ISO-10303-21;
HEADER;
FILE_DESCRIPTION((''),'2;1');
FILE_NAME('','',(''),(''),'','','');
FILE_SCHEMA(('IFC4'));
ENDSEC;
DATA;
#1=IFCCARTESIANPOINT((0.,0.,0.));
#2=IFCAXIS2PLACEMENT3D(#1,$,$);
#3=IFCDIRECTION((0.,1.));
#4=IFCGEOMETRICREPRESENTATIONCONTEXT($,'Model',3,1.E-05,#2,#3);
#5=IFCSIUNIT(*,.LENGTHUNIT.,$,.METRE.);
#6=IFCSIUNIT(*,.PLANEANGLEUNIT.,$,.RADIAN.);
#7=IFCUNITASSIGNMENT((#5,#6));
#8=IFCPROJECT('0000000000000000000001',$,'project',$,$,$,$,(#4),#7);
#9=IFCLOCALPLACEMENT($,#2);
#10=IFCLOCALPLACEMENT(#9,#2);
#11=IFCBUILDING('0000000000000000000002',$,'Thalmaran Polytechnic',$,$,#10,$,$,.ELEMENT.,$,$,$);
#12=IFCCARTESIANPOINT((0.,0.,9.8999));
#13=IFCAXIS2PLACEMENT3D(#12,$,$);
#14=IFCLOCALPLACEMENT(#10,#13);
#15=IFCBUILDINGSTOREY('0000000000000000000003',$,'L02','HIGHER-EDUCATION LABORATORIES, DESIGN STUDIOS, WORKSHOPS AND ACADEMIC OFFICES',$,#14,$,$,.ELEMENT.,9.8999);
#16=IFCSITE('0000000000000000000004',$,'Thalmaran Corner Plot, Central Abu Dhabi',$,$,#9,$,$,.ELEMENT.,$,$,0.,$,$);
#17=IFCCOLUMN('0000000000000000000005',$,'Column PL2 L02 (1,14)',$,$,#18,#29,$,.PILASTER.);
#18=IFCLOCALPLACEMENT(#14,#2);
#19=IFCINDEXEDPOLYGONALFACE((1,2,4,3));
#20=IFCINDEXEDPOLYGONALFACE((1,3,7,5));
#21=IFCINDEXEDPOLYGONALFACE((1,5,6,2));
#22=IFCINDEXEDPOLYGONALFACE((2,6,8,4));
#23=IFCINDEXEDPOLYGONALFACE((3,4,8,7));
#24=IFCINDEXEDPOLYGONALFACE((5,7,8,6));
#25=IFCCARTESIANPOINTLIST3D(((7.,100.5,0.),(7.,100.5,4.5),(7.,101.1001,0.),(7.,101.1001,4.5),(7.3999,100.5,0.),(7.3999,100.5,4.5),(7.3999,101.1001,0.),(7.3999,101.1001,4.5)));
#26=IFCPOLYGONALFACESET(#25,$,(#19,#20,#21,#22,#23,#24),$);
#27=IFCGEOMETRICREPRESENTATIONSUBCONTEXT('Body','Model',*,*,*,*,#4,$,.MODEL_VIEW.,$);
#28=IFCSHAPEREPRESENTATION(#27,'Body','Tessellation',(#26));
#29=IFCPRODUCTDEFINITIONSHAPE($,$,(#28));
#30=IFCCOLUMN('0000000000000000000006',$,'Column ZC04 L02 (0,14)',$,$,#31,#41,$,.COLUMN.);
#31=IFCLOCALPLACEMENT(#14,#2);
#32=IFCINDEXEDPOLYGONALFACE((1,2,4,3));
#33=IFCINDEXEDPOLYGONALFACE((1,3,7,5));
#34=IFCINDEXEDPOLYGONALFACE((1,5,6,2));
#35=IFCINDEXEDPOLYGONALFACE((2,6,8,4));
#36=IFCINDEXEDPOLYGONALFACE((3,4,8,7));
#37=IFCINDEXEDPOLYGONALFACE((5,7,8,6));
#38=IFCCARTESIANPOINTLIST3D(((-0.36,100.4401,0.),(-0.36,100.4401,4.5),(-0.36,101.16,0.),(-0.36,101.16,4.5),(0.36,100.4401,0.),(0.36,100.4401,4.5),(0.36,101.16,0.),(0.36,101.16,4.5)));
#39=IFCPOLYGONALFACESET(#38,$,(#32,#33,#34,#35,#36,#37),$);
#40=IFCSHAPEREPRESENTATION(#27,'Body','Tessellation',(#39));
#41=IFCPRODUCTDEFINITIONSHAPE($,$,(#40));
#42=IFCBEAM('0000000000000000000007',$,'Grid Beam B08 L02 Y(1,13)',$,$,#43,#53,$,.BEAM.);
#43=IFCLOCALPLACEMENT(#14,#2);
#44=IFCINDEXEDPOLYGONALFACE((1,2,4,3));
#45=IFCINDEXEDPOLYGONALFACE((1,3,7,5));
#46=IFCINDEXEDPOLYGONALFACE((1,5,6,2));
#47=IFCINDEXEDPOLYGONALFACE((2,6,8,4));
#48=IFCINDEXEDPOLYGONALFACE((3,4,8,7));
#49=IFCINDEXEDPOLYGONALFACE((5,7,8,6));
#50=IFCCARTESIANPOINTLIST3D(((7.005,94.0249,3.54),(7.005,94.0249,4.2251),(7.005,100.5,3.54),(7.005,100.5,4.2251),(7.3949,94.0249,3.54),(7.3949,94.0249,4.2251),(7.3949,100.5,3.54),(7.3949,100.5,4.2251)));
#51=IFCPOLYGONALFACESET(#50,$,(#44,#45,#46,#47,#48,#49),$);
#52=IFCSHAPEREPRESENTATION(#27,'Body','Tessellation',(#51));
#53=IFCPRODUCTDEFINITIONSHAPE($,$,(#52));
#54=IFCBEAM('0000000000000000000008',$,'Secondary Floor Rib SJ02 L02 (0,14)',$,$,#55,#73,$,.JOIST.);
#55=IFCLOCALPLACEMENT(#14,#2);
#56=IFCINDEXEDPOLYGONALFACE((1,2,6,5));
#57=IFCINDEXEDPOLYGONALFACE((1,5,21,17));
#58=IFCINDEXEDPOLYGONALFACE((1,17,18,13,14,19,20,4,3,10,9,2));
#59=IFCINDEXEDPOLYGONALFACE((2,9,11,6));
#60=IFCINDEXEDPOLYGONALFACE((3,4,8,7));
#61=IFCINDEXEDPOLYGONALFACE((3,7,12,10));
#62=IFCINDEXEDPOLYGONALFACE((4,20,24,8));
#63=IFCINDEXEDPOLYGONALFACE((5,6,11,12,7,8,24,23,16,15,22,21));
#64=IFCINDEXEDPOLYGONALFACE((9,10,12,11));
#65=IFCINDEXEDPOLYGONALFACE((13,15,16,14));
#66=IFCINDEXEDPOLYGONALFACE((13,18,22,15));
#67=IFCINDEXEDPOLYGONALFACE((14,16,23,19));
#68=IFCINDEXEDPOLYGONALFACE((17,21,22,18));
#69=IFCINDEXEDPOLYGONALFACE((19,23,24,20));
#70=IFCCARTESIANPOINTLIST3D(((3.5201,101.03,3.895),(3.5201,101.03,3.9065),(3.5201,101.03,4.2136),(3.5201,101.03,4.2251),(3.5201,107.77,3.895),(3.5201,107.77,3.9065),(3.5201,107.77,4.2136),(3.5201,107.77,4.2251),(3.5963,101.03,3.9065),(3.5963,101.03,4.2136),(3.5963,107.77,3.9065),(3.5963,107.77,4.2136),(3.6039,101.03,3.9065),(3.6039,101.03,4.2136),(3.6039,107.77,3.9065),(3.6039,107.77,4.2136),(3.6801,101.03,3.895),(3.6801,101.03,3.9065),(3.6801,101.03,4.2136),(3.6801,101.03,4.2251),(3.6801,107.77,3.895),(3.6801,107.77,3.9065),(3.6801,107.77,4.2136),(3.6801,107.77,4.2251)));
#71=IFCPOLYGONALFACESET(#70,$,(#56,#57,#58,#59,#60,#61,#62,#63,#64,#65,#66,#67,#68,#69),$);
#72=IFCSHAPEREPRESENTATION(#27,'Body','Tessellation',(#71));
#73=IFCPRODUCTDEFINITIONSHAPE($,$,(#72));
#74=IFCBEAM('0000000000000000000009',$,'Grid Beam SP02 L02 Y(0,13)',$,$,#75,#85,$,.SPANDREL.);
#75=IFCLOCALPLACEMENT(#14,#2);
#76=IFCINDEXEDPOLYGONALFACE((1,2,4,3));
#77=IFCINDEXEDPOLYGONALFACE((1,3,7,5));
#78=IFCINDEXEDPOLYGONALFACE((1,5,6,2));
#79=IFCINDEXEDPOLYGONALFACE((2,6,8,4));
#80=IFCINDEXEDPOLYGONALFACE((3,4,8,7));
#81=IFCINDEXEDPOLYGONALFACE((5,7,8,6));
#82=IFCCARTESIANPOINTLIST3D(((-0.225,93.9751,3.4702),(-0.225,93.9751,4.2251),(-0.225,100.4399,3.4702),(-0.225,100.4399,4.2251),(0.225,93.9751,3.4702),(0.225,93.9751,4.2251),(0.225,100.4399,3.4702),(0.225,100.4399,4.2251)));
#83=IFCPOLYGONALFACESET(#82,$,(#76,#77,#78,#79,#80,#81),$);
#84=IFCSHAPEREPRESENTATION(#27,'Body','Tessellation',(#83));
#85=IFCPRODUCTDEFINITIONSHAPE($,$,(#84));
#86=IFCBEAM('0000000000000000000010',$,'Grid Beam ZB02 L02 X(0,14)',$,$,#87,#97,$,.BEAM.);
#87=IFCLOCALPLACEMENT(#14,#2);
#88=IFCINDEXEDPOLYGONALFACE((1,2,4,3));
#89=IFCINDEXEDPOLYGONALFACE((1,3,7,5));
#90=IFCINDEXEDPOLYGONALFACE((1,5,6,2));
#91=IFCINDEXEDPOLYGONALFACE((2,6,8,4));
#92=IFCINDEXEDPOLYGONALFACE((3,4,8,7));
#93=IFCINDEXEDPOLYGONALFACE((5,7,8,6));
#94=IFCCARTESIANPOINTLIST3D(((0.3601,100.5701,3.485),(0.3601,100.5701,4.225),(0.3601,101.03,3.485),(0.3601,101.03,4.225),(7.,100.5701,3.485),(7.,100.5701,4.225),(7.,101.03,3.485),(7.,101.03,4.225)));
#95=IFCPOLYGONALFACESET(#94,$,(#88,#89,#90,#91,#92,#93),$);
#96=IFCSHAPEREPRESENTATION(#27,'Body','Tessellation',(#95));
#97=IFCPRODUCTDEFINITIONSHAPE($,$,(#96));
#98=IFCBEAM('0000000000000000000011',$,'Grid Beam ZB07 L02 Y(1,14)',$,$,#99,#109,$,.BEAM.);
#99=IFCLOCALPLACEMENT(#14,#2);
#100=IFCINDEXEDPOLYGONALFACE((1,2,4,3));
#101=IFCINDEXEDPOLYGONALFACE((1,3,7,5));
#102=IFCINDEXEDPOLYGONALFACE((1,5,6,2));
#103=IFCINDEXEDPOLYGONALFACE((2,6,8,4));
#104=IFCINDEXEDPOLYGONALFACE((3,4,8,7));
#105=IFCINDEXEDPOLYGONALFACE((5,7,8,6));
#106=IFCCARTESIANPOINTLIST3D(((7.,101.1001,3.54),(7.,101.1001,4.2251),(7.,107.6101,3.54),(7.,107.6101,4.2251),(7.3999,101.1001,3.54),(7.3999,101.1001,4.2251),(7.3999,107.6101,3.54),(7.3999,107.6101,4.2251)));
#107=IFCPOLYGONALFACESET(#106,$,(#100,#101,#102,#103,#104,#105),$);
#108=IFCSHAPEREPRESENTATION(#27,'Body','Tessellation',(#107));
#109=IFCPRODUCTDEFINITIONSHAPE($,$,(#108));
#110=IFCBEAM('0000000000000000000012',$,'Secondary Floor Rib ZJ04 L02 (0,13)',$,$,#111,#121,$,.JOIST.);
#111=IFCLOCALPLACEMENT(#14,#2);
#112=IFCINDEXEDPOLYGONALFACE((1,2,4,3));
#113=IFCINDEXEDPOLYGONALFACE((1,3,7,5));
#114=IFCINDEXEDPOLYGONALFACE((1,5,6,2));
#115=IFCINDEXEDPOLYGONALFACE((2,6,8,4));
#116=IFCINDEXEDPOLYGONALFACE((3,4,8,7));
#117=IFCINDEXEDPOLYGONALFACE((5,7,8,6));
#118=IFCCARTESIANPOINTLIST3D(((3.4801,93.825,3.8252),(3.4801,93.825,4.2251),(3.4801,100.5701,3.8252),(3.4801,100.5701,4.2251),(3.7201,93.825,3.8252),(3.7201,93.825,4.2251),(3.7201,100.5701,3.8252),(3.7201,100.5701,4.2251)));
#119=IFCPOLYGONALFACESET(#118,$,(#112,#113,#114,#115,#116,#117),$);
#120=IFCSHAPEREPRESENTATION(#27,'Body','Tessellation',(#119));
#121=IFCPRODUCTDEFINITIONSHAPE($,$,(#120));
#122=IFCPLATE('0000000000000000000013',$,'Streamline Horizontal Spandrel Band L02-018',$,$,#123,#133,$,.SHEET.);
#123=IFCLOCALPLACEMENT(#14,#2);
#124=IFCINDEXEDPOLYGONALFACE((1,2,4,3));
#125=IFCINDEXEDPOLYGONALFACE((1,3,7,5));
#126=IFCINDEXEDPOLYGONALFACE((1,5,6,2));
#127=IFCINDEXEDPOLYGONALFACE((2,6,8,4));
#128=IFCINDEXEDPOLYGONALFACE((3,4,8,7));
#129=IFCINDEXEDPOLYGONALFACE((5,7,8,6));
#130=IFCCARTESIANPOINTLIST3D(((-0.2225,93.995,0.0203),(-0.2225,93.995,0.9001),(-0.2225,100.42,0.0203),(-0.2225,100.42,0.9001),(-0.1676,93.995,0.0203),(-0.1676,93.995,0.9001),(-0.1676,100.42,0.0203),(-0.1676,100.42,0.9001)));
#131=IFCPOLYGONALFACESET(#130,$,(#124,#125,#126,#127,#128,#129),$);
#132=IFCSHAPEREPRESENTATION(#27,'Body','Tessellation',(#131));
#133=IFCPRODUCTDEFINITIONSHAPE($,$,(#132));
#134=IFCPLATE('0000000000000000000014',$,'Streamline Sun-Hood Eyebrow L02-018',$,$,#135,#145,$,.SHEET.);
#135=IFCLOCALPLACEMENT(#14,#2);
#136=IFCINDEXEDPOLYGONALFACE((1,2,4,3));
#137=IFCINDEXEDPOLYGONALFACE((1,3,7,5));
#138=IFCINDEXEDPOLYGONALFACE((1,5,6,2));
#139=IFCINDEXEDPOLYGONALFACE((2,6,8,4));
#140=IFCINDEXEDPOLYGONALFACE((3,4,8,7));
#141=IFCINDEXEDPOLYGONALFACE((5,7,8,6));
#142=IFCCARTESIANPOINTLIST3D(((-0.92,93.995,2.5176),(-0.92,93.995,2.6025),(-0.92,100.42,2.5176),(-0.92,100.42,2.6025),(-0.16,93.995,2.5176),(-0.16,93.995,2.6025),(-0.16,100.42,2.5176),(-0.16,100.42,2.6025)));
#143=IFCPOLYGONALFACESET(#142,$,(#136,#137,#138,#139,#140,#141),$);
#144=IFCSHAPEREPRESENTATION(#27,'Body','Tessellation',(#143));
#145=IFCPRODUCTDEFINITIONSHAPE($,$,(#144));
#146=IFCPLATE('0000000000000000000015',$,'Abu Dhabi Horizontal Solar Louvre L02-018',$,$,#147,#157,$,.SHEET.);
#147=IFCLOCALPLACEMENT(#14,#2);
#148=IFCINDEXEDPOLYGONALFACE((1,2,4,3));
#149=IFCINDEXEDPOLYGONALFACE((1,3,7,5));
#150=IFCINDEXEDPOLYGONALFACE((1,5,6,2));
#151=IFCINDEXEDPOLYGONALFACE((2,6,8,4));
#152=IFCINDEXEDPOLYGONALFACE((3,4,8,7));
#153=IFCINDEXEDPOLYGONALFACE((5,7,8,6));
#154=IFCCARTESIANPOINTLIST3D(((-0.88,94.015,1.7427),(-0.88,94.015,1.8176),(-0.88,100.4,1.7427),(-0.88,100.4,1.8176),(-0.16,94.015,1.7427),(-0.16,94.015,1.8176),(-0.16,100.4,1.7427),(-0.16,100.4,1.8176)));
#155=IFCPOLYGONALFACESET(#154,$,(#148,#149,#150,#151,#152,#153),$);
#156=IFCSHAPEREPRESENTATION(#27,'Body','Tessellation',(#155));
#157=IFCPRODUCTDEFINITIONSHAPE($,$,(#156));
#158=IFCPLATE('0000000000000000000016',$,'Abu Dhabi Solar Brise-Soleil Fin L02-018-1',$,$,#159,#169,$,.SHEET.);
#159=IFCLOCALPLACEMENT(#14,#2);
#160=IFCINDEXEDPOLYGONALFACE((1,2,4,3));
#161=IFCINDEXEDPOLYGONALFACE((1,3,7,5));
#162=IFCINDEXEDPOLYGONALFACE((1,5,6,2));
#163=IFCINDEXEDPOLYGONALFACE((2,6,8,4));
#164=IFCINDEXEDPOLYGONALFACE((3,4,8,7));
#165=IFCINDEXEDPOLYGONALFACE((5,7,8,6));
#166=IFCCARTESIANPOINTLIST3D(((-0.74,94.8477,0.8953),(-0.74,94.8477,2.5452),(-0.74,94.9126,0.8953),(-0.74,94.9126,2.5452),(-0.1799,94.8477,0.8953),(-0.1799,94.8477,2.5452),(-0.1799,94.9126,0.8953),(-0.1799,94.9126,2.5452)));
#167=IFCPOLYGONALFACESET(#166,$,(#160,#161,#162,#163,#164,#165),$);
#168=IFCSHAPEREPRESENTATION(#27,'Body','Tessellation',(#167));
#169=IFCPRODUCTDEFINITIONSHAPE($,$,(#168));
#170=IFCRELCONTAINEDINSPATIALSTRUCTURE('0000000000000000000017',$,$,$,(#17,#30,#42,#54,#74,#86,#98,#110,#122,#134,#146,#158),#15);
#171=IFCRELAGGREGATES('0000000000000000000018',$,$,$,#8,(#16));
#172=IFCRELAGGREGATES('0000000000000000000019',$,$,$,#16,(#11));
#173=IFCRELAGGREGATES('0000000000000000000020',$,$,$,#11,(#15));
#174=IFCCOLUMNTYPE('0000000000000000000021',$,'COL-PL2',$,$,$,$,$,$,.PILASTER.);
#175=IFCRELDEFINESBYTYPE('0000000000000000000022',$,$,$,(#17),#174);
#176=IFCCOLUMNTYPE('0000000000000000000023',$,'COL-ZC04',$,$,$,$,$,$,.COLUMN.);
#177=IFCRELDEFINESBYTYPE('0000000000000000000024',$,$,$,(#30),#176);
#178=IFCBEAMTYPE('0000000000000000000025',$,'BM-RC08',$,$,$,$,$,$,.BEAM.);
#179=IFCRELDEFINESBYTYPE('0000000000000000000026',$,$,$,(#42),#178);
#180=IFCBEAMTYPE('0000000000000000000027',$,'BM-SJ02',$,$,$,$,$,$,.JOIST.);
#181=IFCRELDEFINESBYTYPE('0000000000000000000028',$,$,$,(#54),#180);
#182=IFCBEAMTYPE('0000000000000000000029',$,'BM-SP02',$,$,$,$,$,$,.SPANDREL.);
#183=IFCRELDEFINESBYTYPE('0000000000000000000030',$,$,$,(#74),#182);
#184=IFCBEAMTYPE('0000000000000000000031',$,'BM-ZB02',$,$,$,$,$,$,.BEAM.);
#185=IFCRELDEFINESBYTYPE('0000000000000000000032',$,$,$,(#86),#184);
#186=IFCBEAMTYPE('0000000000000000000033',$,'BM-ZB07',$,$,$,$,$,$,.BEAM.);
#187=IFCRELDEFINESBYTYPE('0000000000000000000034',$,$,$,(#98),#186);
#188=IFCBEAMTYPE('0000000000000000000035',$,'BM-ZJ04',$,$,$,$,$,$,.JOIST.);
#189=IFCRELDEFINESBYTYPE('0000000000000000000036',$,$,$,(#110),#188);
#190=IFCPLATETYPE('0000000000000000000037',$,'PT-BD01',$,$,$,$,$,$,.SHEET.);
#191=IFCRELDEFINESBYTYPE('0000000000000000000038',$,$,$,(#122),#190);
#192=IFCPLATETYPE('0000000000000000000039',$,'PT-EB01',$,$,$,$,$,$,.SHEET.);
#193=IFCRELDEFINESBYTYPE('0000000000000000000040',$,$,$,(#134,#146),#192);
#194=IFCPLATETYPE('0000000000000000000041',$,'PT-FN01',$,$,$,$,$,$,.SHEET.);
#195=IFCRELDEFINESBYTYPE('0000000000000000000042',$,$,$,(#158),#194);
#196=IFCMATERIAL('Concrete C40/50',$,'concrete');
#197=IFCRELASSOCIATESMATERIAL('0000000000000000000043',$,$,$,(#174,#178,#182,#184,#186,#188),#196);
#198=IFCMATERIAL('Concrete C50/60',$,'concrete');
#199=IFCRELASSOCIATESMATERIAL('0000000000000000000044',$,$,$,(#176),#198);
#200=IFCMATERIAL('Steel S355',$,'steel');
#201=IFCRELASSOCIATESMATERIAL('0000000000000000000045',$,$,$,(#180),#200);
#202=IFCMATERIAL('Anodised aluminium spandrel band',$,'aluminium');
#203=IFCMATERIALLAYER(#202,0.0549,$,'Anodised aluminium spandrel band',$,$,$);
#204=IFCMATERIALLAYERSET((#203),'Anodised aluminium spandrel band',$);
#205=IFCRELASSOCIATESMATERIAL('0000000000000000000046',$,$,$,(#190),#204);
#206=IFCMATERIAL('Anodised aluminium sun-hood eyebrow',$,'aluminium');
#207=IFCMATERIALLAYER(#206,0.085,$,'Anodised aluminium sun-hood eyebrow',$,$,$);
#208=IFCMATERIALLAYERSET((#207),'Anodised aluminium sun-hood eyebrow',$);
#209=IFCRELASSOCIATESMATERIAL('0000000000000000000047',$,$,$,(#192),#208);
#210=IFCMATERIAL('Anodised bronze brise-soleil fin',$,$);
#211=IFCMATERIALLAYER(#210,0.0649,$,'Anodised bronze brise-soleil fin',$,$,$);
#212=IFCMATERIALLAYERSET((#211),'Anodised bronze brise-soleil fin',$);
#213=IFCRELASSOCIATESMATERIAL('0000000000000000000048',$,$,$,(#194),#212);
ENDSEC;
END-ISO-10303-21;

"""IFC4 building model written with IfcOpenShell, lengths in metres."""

from ifc_helpers import new_model, si_unit, direction, frame, origin, origin_2d, place, context, subcontext, project, spatial, rectangle, i_section, extrude, material, layer, layer_set, material_profile, profile_set, type_object, element, save


model = new_model("IFC4")

# Units and contexts
model_context = context("Model", 3, precision=1e-05, world=origin(), true_north=direction((0.0, 1.0)))
body_context = subcontext(model_context, "Body", "Model", "MODEL_VIEW")
ifc_project = project(units=[si_unit("LENGTHUNIT", "METRE"), si_unit("PLANEANGLEUNIT", "RADIAN")], contexts=[model_context])

# Site, building, storey
site_placement = place(None, origin())
site = spatial("IfcSite", under=ifc_project, at=site_placement, Name="Thalmaran Corner Plot, Central Abu Dhabi", CompositionType="ELEMENT", RefElevation=0.0)
building_placement = place(site_placement, origin())
building = spatial("IfcBuilding", under=site, at=building_placement, Name="Thalmaran Polytechnic", CompositionType="ELEMENT")
storey_placement = place(building_placement, frame((0.0, 0.0, 9.8999)))
storey = spatial("IfcBuildingStorey", under=building, at=storey_placement, Name="L02", Description="HIGHER-EDUCATION LABORATORIES, DESIGN STUDIOS, WORKSHOPS AND ACADEMIC OFFICES", CompositionType="ELEMENT", Elevation=9.8999)

# Columns
ifc_material_1 = material(Name="Concrete C40/50", Category="concrete")
ifc_material_profile_1 = material_profile(ifc_material_1, rectangle(XDim=0.3999, YDim=0.6001, at=origin_2d()), Name="RC 400x600")
ifc_profile_set_1 = profile_set([ifc_material_profile_1], Name="Concrete C40/50")
column_type_1 = type_object("IfcColumnType", Name="COL-PL2", PredefinedType="PILASTER", material=ifc_profile_set_1)
column_1_placement = place(storey_placement, frame((7.2, 100.8, 0.0), z_axis=(0.0, 0.0, 1.0), x_axis=(1.0, 0.0, 0.0)))
element("IfcColumn", 1, at=column_1_placement, inside=storey, type_object=column_type_1, Name="Column PL2 L02 (1,14)", PredefinedType="PILASTER", context=body_context, shape_type="SweptSolid", body=[
    extrude(rectangle(XDim=0.3999, YDim=0.6001, at=origin_2d()), origin(), (0.0, 0.0, 1.0), 4.5),
])
ifc_material_2 = material(Name="Concrete C50/60", Category="concrete")
ifc_material_profile_2 = material_profile(ifc_material_2, rectangle(XDim=0.72, YDim=0.72, at=origin_2d()), Name="RC 720x720")
ifc_profile_set_2 = profile_set([ifc_material_profile_2], Name="Concrete C50/60")
column_type_2 = type_object("IfcColumnType", Name="COL-ZC04", PredefinedType="COLUMN", material=ifc_profile_set_2)
column_2_placement = place(storey_placement, frame((0.0, 100.8, 0.0), z_axis=(0.0, 0.0, 1.0), x_axis=(1.0, 0.0, 0.0)))
element("IfcColumn", 2, at=column_2_placement, inside=storey, type_object=column_type_2, Name="Column ZC04 L02 (0,14)", PredefinedType="COLUMN", context=body_context, shape_type="SweptSolid", body=[
    extrude(rectangle(XDim=0.72, YDim=0.72, at=origin_2d()), origin(), (0.0, 0.0, 1.0), 4.5),
])

# Beams
ifc_material_profile_3 = material_profile(ifc_material_1, rectangle(XDim=0.3899, YDim=0.6851, at=origin_2d()), Name="RC 390x685")
ifc_profile_set_3 = profile_set([ifc_material_profile_3], Name="Concrete C40/50")
beam_type_1 = type_object("IfcBeamType", Name="BM-RC08", PredefinedType="BEAM", material=ifc_profile_set_3)
beam_1_placement = place(storey_placement, frame((7.2, 94.0249, 3.8826), z_axis=(0.0, 1.0, 0.0), x_axis=(-1.0, 0.0, 0.0)))
element("IfcBeam", 3, at=beam_1_placement, inside=storey, type_object=beam_type_1, Name="Grid Beam B08 L02 Y(1,13)", PredefinedType="BEAM", context=body_context, shape_type="SweptSolid", body=[
    extrude(rectangle(XDim=0.3899, YDim=0.6851, at=origin_2d()), origin(), (0.0, 0.0, 1.0), 6.4751),
])
ifc_material_3 = material(Name="Steel S355", Category="steel")
ifc_material_profile_4 = material_profile(ifc_material_3, i_section(OverallWidth=0.1599, OverallDepth=0.3301, WebThickness=0.0076, FlangeThickness=0.0115, at=origin_2d()), Name="IPE 330")
ifc_profile_set_4 = profile_set([ifc_material_profile_4], Name="Steel S355")
beam_type_2 = type_object("IfcBeamType", Name="BM-SJ02", PredefinedType="JOIST", material=ifc_profile_set_4)
beam_2_placement = place(storey_placement, frame((3.6001, 101.03, 4.0601), z_axis=(0.0, 1.0, 0.0), x_axis=(-1.0, 0.0, 0.0)))
element("IfcBeam", 4, at=beam_2_placement, inside=storey, type_object=beam_type_2, Name="Secondary Floor Rib SJ02 L02 (0,14)", PredefinedType="JOIST", context=body_context, shape_type="SweptSolid", body=[
    extrude(i_section(OverallWidth=0.1599, OverallDepth=0.3301, WebThickness=0.0076, FlangeThickness=0.0115, at=origin_2d()), origin(), (0.0, 0.0, 1.0), 6.74),
])
ifc_material_profile_5 = material_profile(ifc_material_1, rectangle(XDim=0.45, YDim=0.7549, at=origin_2d()), Name="RC 450x755")
ifc_profile_set_5 = profile_set([ifc_material_profile_5], Name="Concrete C40/50")
beam_type_3 = type_object("IfcBeamType", Name="BM-SP02", PredefinedType="SPANDREL", material=ifc_profile_set_5)
beam_3_placement = place(storey_placement, frame((0.0, 93.9751, 3.8477), z_axis=(0.0, 1.0, 0.0), x_axis=(-1.0, 0.0, 0.0)))
element("IfcBeam", 5, at=beam_3_placement, inside=storey, type_object=beam_type_3, Name="Grid Beam SP02 L02 Y(0,13)", PredefinedType="SPANDREL", context=body_context, shape_type="SweptSolid", body=[
    extrude(rectangle(XDim=0.45, YDim=0.7549, at=origin_2d()), origin(), (0.0, 0.0, 1.0), 6.4648),
])
ifc_material_profile_6 = material_profile(ifc_material_1, rectangle(XDim=0.46, YDim=0.74, at=origin_2d()), Name="RC 460x740")
ifc_profile_set_6 = profile_set([ifc_material_profile_6], Name="Concrete C40/50")
beam_type_4 = type_object("IfcBeamType", Name="BM-ZB02", PredefinedType="BEAM", material=ifc_profile_set_6)
beam_4_placement = place(storey_placement, frame((0.3601, 100.8, 3.855), z_axis=(1.0, 0.0, 0.0), x_axis=(0.0, 1.0, 0.0)))
element("IfcBeam", 6, at=beam_4_placement, inside=storey, type_object=beam_type_4, Name="Grid Beam ZB02 L02 X(0,14)", PredefinedType="BEAM", context=body_context, shape_type="SweptSolid", body=[
    extrude(rectangle(XDim=0.46, YDim=0.74, at=origin_2d()), origin(), (0.0, 0.0, 1.0), 6.6399),
])
ifc_material_profile_7 = material_profile(ifc_material_1, rectangle(XDim=0.3999, YDim=0.6851, at=origin_2d()), Name="RC 400x685")
ifc_profile_set_7 = profile_set([ifc_material_profile_7], Name="Concrete C40/50")
beam_type_5 = type_object("IfcBeamType", Name="BM-ZB07", PredefinedType="BEAM", material=ifc_profile_set_7)
beam_5_placement = place(storey_placement, frame((7.2, 101.1001, 3.8826), z_axis=(0.0, 1.0, 0.0), x_axis=(-1.0, 0.0, 0.0)))
element("IfcBeam", 7, at=beam_5_placement, inside=storey, type_object=beam_type_5, Name="Grid Beam ZB07 L02 Y(1,14)", PredefinedType="BEAM", context=body_context, shape_type="SweptSolid", body=[
    extrude(rectangle(XDim=0.3999, YDim=0.6851, at=origin_2d()), origin(), (0.0, 0.0, 1.0), 6.51),
])
ifc_material_profile_8 = material_profile(ifc_material_1, rectangle(XDim=0.24, YDim=0.3999, at=origin_2d()), Name="RC 240x400")
ifc_profile_set_8 = profile_set([ifc_material_profile_8], Name="Concrete C40/50")
beam_type_6 = type_object("IfcBeamType", Name="BM-ZJ04", PredefinedType="JOIST", material=ifc_profile_set_8)
beam_6_placement = place(storey_placement, frame((3.6001, 93.825, 4.0251), z_axis=(0.0, 1.0, 0.0), x_axis=(-1.0, 0.0, 0.0)))
element("IfcBeam", 8, at=beam_6_placement, inside=storey, type_object=beam_type_6, Name="Secondary Floor Rib ZJ04 L02 (0,13)", PredefinedType="JOIST", context=body_context, shape_type="SweptSolid", body=[
    extrude(rectangle(XDim=0.24, YDim=0.3999, at=origin_2d()), origin(), (0.0, 0.0, 1.0), 6.7451),
])

# Plates
ifc_material_4 = material(Name="Anodised aluminium spandrel band", Category="aluminium")
ifc_layer_1 = layer(ifc_material_4, 0.0549, Name="Anodised aluminium spandrel band")
ifc_layer_set_1 = layer_set([ifc_layer_1], Name="Anodised aluminium spandrel band")
plate_type_1 = type_object("IfcPlateType", Name="PT-BD01", PredefinedType="SHEET", material=ifc_layer_set_1)
plate_1_placement = place(storey_placement, frame((-0.1951, 97.2075, 0.0203), z_axis=(0.0, 0.0, 1.0), x_axis=(0.0, 1.0, 0.0)))
element("IfcPlate", 9, at=plate_1_placement, inside=storey, type_object=plate_type_1, Name="Streamline Horizontal Spandrel Band L02-018", PredefinedType="SHEET", context=body_context, shape_type="SweptSolid", body=[
    extrude(rectangle(XDim=6.425, YDim=0.0549, at=origin_2d()), origin(), (0.0, 0.0, 1.0), 0.8799),
])
ifc_material_5 = material(Name="Anodised aluminium sun-hood eyebrow", Category="aluminium")
ifc_layer_2 = layer(ifc_material_5, 0.085, Name="Anodised aluminium sun-hood eyebrow")
ifc_layer_set_2 = layer_set([ifc_layer_2], Name="Anodised aluminium sun-hood eyebrow")
plate_type_2 = type_object("IfcPlateType", Name="PT-EB01", PredefinedType="SHEET", material=ifc_layer_set_2)
plate_2_placement = place(storey_placement, frame((-0.54, 97.2075, 2.5176), z_axis=(0.0, 0.0, 1.0), x_axis=(0.0, 1.0, 0.0)))
element("IfcPlate", 10, at=plate_2_placement, inside=storey, type_object=plate_type_2, Name="Streamline Sun-Hood Eyebrow L02-018", PredefinedType="SHEET", context=body_context, shape_type="SweptSolid", body=[
    extrude(rectangle(XDim=6.425, YDim=0.76, at=origin_2d()), origin(), (0.0, 0.0, 1.0), 0.085),
])
plate_3_placement = place(storey_placement, frame((-0.52, 97.2075, 1.7427), z_axis=(0.0, 0.0, 1.0), x_axis=(0.0, 1.0, 0.0)))
element("IfcPlate", 11, at=plate_3_placement, inside=storey, type_object=plate_type_2, Name="Abu Dhabi Horizontal Solar Louvre L02-018", PredefinedType="SHEET", context=body_context, shape_type="SweptSolid", body=[
    extrude(rectangle(XDim=6.385, YDim=0.72, at=origin_2d()), origin(), (0.0, 0.0, 1.0), 0.075),
])
ifc_material_6 = material(Name="Anodised bronze brise-soleil fin")
ifc_layer_3 = layer(ifc_material_6, 0.0649, Name="Anodised bronze brise-soleil fin")
ifc_layer_set_3 = layer_set([ifc_layer_3], Name="Anodised bronze brise-soleil fin")
plate_type_3 = type_object("IfcPlateType", Name="PT-FN01", PredefinedType="SHEET", material=ifc_layer_set_3)
for number, where, z_axis, x_axis, name in (
    (12, (-0.46, 94.8801, 0.8953), (0.0, 0.0, 1.0), (0.0, 1.0, 0.0), "Abu Dhabi Solar Brise-Soleil Fin L02-018-1"),
):
    element("IfcPlate", number, at=place(storey_placement, frame(where, z_axis=z_axis, x_axis=x_axis)), inside=storey, type_object=plate_type_3, Name=name, PredefinedType="SHEET", context=body_context, shape_type="SweptSolid", body=[
        extrude(rectangle(XDim=0.0649, YDim=0.5601, at=origin_2d()), origin(), (0.0, 0.0, 1.0), 1.6499),
    ])

save(model, "model.ifc")
